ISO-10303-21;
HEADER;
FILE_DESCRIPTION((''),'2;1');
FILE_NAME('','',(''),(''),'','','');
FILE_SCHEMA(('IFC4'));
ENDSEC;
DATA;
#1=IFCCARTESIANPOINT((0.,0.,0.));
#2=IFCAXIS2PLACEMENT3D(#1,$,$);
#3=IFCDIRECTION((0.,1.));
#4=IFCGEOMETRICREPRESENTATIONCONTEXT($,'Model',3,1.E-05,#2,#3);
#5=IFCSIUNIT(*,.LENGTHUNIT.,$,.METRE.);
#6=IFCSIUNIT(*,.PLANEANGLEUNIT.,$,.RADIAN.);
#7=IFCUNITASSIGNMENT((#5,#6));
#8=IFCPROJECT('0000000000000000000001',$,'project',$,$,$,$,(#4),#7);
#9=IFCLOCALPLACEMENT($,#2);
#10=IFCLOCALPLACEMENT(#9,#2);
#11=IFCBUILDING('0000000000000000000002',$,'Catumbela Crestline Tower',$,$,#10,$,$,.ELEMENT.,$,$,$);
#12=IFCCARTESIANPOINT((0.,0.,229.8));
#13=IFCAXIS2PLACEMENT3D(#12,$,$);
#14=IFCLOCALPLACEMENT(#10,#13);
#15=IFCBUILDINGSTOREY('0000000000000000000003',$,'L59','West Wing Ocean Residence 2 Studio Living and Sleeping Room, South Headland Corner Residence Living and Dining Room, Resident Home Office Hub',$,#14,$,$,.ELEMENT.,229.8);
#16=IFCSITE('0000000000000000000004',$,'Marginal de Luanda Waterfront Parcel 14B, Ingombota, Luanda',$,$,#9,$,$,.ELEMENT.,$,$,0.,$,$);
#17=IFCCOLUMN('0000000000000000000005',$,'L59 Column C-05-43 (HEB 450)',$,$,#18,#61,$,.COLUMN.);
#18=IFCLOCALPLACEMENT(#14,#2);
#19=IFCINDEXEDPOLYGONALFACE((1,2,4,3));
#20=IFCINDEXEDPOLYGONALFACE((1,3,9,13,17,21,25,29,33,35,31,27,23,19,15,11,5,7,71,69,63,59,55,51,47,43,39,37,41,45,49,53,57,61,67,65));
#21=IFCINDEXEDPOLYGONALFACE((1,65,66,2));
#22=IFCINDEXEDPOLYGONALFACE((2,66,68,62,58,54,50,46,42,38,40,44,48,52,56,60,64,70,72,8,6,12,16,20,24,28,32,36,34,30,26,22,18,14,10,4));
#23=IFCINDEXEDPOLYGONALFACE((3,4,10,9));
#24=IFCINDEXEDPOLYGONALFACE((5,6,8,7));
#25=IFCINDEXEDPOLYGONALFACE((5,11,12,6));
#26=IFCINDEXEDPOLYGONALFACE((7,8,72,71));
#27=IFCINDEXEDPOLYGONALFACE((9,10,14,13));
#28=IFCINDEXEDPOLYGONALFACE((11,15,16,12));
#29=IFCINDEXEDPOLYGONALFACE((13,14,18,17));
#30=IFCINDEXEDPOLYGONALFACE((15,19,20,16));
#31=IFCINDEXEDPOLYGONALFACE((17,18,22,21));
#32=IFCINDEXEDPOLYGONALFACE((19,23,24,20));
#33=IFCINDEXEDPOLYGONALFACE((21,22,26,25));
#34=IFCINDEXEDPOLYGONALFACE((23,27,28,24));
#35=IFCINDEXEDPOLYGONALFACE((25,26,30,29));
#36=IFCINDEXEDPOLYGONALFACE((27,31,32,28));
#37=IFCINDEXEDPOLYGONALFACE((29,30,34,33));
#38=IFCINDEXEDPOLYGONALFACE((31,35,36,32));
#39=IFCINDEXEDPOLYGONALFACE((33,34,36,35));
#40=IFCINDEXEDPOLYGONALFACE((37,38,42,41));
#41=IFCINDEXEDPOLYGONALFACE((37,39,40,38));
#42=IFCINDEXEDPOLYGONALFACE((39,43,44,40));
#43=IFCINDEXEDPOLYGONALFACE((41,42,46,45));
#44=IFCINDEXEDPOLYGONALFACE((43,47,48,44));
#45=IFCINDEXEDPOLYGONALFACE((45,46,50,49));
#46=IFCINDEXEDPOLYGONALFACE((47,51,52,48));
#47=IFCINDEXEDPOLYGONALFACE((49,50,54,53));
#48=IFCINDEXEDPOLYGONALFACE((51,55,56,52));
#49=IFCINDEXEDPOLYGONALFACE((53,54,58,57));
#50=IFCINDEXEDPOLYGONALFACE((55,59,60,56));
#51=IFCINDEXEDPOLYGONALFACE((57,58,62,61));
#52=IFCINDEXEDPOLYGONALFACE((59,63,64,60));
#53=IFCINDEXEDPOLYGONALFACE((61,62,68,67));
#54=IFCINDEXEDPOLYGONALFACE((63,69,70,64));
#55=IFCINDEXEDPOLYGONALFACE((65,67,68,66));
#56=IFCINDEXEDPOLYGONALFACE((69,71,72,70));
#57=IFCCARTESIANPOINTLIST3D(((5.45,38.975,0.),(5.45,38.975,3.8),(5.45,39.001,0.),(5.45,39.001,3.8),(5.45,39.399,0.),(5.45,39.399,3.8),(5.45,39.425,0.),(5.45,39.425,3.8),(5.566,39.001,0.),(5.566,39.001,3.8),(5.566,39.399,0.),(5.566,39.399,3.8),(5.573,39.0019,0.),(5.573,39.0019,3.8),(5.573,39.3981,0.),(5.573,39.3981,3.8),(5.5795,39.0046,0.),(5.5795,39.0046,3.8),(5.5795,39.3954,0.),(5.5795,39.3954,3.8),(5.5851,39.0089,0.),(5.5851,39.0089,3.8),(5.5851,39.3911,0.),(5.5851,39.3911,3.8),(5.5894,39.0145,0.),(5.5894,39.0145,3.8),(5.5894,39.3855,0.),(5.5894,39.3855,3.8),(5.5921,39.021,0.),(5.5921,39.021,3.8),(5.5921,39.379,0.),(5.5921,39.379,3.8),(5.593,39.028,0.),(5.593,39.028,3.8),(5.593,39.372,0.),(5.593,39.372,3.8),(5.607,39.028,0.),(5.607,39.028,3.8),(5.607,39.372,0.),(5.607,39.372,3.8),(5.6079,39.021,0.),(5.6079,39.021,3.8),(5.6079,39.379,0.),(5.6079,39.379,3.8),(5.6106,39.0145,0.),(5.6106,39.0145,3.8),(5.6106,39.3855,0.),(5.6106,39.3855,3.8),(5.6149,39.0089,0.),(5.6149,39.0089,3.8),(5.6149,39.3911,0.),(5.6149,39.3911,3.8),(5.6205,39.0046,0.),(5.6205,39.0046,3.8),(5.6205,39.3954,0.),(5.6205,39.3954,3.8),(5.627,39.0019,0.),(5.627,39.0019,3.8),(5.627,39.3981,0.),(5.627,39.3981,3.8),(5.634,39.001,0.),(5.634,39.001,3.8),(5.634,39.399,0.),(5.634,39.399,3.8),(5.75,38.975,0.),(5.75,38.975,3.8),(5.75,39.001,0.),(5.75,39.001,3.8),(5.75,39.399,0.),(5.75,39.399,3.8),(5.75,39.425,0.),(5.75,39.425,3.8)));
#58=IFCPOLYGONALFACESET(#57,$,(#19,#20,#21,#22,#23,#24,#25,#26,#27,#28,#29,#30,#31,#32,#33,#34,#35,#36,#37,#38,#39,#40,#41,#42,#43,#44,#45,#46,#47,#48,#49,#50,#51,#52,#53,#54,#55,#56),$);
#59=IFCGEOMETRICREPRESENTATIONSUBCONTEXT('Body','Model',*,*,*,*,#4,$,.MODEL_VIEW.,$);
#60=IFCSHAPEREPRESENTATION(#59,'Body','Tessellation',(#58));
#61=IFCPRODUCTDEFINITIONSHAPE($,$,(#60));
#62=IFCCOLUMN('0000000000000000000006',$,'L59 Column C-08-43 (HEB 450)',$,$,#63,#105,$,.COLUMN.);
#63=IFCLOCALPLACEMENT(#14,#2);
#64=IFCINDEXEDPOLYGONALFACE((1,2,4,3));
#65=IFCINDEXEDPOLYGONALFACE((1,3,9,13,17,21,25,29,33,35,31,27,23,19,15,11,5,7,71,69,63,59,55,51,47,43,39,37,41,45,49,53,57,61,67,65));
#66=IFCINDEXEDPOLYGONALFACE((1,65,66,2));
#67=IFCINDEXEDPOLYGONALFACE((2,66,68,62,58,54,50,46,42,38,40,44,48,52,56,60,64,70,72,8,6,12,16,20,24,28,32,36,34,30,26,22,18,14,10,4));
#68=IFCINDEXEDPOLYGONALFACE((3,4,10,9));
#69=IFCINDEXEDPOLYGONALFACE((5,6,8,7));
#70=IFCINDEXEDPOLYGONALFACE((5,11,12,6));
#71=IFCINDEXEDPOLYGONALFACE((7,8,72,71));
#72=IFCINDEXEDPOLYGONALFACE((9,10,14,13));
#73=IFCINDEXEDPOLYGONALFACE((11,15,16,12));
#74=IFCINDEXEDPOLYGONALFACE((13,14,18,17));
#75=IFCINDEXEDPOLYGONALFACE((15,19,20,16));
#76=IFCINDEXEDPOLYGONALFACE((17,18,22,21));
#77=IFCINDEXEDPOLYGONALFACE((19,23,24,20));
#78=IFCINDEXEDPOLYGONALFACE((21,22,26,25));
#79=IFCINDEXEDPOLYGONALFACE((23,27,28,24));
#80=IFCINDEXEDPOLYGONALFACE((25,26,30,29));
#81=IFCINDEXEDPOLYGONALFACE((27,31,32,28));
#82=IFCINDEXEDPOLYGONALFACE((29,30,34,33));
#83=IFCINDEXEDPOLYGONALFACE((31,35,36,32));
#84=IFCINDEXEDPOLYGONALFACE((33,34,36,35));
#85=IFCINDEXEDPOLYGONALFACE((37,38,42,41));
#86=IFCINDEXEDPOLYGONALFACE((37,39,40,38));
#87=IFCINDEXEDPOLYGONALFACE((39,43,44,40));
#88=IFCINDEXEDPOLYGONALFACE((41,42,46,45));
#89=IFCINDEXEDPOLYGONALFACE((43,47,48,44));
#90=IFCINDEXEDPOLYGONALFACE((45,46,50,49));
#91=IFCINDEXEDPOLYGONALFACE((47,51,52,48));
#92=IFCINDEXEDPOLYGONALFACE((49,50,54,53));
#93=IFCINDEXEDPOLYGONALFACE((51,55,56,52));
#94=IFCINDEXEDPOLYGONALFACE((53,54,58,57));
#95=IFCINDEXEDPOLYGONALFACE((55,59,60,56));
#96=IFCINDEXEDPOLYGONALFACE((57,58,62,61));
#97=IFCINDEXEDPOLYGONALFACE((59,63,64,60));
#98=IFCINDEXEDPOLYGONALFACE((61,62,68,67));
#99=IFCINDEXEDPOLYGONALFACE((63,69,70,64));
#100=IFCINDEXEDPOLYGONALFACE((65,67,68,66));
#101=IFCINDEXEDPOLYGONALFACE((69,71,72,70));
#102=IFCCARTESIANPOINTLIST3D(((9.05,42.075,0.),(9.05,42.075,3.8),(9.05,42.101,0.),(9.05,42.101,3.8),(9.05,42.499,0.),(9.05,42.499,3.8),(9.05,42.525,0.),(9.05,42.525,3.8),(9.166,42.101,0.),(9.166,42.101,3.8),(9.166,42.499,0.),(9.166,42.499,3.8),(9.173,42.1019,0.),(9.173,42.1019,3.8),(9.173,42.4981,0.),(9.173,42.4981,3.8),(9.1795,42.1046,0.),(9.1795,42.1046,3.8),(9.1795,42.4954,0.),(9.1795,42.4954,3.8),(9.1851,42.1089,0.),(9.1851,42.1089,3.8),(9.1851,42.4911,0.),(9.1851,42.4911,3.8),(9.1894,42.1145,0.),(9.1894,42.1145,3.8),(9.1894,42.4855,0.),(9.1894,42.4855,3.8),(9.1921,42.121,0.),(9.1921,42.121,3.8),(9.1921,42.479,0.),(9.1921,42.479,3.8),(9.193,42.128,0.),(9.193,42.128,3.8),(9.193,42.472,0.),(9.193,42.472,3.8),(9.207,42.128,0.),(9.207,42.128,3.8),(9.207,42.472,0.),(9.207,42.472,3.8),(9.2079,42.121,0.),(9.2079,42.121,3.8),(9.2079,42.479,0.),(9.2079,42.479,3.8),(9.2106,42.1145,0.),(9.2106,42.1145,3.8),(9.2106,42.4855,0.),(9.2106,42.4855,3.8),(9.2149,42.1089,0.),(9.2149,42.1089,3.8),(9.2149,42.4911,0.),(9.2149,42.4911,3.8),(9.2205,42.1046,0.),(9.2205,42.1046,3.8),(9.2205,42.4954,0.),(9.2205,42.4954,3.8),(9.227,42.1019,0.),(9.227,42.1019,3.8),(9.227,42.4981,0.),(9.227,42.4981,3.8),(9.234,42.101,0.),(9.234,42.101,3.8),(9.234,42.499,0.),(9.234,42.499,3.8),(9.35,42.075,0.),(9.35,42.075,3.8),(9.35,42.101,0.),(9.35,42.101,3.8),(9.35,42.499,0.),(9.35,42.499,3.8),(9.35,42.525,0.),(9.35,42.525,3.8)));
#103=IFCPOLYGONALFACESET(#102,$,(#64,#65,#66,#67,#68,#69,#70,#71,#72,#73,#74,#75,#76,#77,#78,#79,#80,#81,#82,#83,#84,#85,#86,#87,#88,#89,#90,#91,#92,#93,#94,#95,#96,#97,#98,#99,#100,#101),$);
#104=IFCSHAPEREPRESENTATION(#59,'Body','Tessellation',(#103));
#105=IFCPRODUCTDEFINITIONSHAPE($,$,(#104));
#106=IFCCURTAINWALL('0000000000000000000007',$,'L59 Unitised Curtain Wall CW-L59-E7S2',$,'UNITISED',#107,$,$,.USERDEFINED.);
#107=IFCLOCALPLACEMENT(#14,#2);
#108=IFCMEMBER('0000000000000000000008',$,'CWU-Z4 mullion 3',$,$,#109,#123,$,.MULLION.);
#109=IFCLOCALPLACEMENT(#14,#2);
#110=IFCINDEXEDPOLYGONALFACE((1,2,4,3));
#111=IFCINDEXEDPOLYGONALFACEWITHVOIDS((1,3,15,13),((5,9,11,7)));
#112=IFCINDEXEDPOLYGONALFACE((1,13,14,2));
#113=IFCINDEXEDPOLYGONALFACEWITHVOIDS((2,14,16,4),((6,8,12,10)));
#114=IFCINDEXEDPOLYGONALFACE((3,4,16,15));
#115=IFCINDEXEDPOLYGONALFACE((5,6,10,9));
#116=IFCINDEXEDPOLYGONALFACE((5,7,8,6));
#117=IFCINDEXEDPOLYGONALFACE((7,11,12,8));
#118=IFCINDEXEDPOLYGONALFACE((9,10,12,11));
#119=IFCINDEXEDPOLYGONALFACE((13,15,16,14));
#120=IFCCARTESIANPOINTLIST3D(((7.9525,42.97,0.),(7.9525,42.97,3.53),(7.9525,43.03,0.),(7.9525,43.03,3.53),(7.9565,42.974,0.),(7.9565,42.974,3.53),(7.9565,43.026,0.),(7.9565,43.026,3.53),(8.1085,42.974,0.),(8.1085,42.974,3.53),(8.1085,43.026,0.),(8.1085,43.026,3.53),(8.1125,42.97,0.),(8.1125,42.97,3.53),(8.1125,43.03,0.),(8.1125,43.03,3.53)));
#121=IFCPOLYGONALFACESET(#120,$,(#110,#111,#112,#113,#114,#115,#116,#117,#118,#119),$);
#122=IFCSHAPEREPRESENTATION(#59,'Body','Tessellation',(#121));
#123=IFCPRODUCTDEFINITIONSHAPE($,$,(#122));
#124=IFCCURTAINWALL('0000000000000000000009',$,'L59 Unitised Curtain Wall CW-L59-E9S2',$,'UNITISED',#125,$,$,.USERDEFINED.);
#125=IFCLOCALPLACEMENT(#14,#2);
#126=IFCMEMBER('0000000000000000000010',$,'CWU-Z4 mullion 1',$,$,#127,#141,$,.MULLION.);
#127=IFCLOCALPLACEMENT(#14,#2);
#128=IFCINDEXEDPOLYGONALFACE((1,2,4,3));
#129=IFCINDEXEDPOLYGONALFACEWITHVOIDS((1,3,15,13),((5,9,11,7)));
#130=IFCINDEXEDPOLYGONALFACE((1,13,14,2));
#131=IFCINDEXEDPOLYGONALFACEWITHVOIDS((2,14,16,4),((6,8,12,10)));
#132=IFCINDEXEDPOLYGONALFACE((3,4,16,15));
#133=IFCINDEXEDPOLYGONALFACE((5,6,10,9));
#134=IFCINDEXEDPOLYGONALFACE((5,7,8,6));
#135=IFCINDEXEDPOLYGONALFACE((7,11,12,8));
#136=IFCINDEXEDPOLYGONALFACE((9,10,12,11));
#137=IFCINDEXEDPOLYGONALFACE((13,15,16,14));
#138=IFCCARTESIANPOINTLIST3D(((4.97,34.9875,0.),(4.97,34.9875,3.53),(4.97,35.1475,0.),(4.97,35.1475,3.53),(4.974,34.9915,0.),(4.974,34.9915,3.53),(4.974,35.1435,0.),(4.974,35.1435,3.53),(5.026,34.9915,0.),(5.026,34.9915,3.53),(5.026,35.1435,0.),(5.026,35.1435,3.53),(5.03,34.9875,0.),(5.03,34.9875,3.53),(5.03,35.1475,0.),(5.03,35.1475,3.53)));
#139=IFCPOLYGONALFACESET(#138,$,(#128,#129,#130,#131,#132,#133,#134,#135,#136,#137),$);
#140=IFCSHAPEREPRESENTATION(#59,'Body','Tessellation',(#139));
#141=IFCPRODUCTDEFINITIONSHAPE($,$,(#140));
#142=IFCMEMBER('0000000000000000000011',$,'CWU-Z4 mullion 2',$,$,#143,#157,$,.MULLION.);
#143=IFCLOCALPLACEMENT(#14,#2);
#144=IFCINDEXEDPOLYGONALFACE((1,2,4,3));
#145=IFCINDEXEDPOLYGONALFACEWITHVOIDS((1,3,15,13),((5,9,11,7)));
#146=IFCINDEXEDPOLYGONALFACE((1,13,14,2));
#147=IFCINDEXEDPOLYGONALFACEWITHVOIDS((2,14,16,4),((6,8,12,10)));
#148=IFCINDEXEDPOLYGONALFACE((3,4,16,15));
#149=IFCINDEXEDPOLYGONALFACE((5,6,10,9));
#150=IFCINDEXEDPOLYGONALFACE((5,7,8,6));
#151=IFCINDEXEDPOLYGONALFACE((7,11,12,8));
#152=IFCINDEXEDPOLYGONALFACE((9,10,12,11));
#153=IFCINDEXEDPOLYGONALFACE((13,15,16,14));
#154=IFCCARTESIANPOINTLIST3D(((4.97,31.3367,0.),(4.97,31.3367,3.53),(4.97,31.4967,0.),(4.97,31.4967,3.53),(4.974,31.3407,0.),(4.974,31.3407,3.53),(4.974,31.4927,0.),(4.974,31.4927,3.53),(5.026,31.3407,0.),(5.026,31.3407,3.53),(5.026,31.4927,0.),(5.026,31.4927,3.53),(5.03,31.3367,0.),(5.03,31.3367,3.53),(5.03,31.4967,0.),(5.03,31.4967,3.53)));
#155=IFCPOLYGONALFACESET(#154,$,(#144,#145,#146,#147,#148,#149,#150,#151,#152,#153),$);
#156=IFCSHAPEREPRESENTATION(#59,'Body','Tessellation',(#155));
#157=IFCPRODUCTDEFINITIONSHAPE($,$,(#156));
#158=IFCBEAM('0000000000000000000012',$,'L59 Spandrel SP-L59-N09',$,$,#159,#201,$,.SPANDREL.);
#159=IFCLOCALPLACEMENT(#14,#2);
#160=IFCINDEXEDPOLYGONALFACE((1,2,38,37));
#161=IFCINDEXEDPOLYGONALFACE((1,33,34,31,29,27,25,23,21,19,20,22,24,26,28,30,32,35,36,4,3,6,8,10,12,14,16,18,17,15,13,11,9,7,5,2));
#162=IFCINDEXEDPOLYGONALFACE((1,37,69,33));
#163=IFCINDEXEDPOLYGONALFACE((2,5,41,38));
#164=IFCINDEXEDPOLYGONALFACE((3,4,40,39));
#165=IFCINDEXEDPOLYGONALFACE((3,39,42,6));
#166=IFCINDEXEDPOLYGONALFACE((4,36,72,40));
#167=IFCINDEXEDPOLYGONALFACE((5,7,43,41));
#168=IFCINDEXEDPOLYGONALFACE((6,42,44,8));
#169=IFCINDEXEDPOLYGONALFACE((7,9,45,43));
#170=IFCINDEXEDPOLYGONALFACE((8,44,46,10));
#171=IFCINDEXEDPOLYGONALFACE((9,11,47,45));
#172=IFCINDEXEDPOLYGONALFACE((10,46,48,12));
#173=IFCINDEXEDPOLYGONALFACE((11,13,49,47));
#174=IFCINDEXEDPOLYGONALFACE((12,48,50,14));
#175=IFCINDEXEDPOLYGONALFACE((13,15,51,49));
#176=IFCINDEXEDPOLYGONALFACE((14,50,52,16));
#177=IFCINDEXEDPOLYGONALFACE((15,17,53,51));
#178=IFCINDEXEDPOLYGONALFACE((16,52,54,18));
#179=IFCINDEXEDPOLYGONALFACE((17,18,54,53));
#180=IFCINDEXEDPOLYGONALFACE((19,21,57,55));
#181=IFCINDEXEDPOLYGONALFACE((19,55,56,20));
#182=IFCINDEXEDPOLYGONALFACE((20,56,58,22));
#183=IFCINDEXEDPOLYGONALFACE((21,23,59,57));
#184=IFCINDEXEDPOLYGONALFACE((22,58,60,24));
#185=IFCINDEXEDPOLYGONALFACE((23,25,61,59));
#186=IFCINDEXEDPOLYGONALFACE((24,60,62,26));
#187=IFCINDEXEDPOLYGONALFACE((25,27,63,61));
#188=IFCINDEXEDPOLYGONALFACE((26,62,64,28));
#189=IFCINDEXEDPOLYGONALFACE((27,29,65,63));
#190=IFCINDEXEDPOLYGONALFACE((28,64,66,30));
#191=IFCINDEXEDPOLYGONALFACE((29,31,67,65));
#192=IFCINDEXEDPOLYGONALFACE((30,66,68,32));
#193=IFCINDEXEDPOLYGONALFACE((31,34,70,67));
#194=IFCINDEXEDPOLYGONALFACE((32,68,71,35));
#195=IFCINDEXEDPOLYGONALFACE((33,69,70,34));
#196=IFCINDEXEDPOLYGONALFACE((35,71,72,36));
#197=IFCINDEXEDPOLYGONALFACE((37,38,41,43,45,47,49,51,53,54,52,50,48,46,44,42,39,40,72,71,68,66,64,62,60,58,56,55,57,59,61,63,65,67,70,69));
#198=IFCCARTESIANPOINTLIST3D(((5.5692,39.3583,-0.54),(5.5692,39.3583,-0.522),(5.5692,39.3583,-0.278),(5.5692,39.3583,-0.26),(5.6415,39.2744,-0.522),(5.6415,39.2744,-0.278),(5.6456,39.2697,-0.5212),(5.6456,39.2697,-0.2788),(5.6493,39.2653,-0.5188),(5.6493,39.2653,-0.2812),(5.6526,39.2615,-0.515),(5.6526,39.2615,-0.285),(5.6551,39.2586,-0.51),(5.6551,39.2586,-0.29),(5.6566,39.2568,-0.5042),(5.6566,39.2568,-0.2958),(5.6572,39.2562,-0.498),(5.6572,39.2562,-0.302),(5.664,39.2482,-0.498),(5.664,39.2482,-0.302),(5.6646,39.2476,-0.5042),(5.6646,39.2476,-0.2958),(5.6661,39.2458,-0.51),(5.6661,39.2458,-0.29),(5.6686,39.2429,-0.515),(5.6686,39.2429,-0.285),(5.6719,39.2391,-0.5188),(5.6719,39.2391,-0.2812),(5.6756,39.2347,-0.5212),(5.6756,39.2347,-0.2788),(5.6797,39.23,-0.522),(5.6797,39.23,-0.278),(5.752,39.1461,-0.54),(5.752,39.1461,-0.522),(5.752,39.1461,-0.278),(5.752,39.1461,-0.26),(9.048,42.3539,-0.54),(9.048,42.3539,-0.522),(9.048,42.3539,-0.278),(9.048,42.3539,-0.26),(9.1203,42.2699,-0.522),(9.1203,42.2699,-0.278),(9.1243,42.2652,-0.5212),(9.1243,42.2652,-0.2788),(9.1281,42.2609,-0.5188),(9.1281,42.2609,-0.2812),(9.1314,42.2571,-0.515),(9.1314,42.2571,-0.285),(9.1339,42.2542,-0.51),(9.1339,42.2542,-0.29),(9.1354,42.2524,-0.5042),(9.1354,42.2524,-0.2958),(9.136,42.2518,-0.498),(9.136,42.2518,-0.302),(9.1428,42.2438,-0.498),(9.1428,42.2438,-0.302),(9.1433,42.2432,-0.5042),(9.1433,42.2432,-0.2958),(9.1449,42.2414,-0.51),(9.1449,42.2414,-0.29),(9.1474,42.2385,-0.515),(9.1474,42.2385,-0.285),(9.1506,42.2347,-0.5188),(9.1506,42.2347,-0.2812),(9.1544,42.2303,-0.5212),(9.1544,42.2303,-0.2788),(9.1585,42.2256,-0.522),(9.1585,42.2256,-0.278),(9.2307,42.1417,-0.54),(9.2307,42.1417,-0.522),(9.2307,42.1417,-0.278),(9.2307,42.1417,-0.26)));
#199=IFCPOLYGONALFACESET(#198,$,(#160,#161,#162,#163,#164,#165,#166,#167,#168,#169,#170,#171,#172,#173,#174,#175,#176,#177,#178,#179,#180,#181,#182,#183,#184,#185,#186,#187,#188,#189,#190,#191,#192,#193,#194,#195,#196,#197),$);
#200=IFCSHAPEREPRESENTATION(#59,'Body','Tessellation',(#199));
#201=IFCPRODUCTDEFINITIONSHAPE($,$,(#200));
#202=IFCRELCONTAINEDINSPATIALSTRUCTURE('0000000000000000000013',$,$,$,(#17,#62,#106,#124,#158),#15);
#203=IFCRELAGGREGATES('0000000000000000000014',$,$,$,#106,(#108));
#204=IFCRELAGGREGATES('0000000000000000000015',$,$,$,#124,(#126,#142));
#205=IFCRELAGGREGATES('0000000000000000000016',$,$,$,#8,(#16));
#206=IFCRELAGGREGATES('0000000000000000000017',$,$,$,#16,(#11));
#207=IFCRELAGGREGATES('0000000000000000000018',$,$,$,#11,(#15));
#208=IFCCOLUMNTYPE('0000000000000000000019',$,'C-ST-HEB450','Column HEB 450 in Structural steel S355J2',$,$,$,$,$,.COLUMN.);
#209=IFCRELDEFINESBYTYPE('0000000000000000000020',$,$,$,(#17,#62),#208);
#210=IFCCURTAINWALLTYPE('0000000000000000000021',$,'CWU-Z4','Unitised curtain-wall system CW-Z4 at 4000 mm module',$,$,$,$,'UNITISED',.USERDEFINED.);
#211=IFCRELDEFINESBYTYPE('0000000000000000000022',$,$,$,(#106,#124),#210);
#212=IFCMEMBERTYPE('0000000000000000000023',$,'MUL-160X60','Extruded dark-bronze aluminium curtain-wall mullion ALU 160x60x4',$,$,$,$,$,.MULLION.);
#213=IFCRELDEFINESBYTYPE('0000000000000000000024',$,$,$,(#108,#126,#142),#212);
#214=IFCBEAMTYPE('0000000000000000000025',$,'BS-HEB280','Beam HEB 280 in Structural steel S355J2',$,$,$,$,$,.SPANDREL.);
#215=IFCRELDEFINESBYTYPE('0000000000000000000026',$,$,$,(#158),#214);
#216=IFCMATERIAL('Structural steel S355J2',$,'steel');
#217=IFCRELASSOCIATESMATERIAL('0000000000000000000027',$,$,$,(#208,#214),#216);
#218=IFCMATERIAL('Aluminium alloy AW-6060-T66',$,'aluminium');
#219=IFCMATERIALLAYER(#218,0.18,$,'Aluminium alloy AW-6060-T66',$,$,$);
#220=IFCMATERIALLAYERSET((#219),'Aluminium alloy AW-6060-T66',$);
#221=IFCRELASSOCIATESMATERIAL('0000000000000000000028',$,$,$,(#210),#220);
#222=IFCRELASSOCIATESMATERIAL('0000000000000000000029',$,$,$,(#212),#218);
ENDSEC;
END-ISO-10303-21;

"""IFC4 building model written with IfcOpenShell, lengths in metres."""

from ifc_helpers import new_model, si_unit, direction, frame, origin, origin_2d, place, context, subcontext, project, spatial, hollow_rectangle, i_section, extrude, material, layer, layer_set, material_profile, profile_set, type_object, element, aggregate, save


model = new_model("IFC4")

# Units and contexts
model_context = context("Model", 3, precision=1e-05, world=origin(), true_north=direction((0.0, 1.0)))
body_context = subcontext(model_context, "Body", "Model", "MODEL_VIEW")
ifc_project = project(units=[si_unit("LENGTHUNIT", "METRE"), si_unit("PLANEANGLEUNIT", "RADIAN")], contexts=[model_context])

# Site, building, storey
site_placement = place(None, origin())
site = spatial("IfcSite", under=ifc_project, at=site_placement, Name="Marginal de Luanda Waterfront Parcel 14B, Ingombota, Luanda", CompositionType="ELEMENT", RefElevation=0.0)
building_placement = place(site_placement, origin())
building = spatial("IfcBuilding", under=site, at=building_placement, Name="Catumbela Crestline Tower", CompositionType="ELEMENT")
storey_placement = place(building_placement, frame((0.0, 0.0, 229.8)))
storey = spatial("IfcBuildingStorey", under=building, at=storey_placement, Name="L59", Description="West Wing Ocean Residence 2 Studio Living and Sleeping Room, South Headland Corner Residence Living and Dining Room, Resident Home Office Hub", CompositionType="ELEMENT", Elevation=229.8)

# Columns
ifc_material_1 = material(Name="Structural steel S355J2", Category="steel")
ifc_material_profile_1 = material_profile(ifc_material_1, i_section(OverallWidth=0.3, OverallDepth=0.45, WebThickness=0.014, FlangeThickness=0.026, FilletRadius=0.027, at=origin_2d()), Name="HEB 450")
ifc_profile_set_1 = profile_set([ifc_material_profile_1], Name="Structural steel S355J2")
column_type = type_object("IfcColumnType", Name="C-ST-HEB450", Description="Column HEB 450 in Structural steel S355J2", PredefinedType="COLUMN", material=ifc_profile_set_1)
for number, where, z_axis, x_axis, name in (
    (1, (5.6, 39.2, 0.0), (0.0, 0.0, 1.0), (1.0, 0.0, 0.0), "L59 Column C-05-43 (HEB 450)"),
    (2, (9.2, 42.3, 0.0), (0.0, 0.0, 1.0), (1.0, 0.0, 0.0), "L59 Column C-08-43 (HEB 450)"),
):
    element("IfcColumn", number, at=place(storey_placement, frame(where, z_axis=z_axis, x_axis=x_axis)), inside=storey, type_object=column_type, Name=name, PredefinedType="COLUMN", context=body_context, shape_type="SweptSolid", body=[
        extrude(i_section(OverallWidth=0.3, OverallDepth=0.45, WebThickness=0.014, FlangeThickness=0.026, FilletRadius=0.027, at=origin_2d()), origin(), (0.0, 0.0, 1.0), 3.8),
    ])

# Curtain wall, member
ifc_material_2 = material(Name="Aluminium alloy AW-6060-T66", Category="aluminium")
ifc_layer_1 = layer(ifc_material_2, 0.18, Name="Aluminium alloy AW-6060-T66")
ifc_layer_set_1 = layer_set([ifc_layer_1], Name="Aluminium alloy AW-6060-T66")
curtain_wall_type = type_object("IfcCurtainWallType", Name="CWU-Z4", Description="Unitised curtain-wall system CW-Z4 at 4000 mm module", ElementType="UNITISED", PredefinedType="USERDEFINED", material=ifc_layer_set_1)
curtain_wall_1_placement = place(storey_placement, origin())
curtain_wall_1 = element("IfcCurtainWall", 3, at=curtain_wall_1_placement, inside=storey, type_object=curtain_wall_type, Name="L59 Unitised Curtain Wall CW-L59-E7S2", ObjectType="UNITISED", PredefinedType="USERDEFINED")
ifc_material_profile_2 = material_profile(ifc_material_2, hollow_rectangle(XDim=0.06, YDim=0.16, WallThickness=0.004, at=origin_2d()), Name="ALU 160x60x4")
ifc_profile_set_2 = profile_set([ifc_material_profile_2], Name="Aluminium alloy AW-6060-T66")
member_type_1 = type_object("IfcMemberType", Name="MUL-160X60", Description="Extruded dark-bronze aluminium curtain-wall mullion ALU 160x60x4", PredefinedType="MULLION", material=ifc_profile_set_2)
member_1_placement = place(storey_placement, frame((8.0325, 43.0, 0.0), z_axis=(0.0, 0.0, 1.0), x_axis=(0.0, -1.0, 0.0)))
member_1 = element("IfcMember", 4, at=member_1_placement, type_object=member_type_1, Name="CWU-Z4 mullion 3", PredefinedType="MULLION", context=body_context, shape_type="SweptSolid", body=[
    extrude(hollow_rectangle(XDim=0.06, YDim=0.16, WallThickness=0.004, at=origin_2d()), origin(), (0.0, 0.0, 1.0), 3.53),
])
aggregate(curtain_wall_1, [member_1])

# Curtain wall, members
curtain_wall_2_placement = place(storey_placement, origin())
curtain_wall_2 = element("IfcCurtainWall", 5, at=curtain_wall_2_placement, inside=storey, type_object=curtain_wall_type, Name="L59 Unitised Curtain Wall CW-L59-E9S2", ObjectType="UNITISED", PredefinedType="USERDEFINED")
member_2_placement = place(storey_placement, frame((5.0, 35.0675, 0.0), z_axis=(0.0, 0.0, 1.0), x_axis=(1.0, 0.0, 0.0)))
member_2 = element("IfcMember", 6, at=member_2_placement, type_object=member_type_1, Name="CWU-Z4 mullion 1", PredefinedType="MULLION", context=body_context, shape_type="SweptSolid", body=[
    extrude(hollow_rectangle(XDim=0.06, YDim=0.16, WallThickness=0.004, at=origin_2d()), origin(), (0.0, 0.0, 1.0), 3.53),
])
member_3_placement = place(storey_placement, frame((5.0, 31.4167, 0.0), z_axis=(0.0, 0.0, 1.0), x_axis=(1.0, 0.0, 0.0)))
member_3 = element("IfcMember", 7, at=member_3_placement, type_object=member_type_1, Name="CWU-Z4 mullion 2", PredefinedType="MULLION", context=body_context, shape_type="SweptSolid", body=[
    extrude(hollow_rectangle(XDim=0.06, YDim=0.16, WallThickness=0.004, at=origin_2d()), origin(), (0.0, 0.0, 1.0), 3.53),
])

# Beam
ifc_material_profile_3 = material_profile(ifc_material_1, i_section(OverallWidth=0.28, OverallDepth=0.28, WebThickness=0.0105, FlangeThickness=0.018, FilletRadius=0.024, at=origin_2d()), Name="HEB 280")
ifc_profile_set_3 = profile_set([ifc_material_profile_3], Name="Structural steel S355J2")
beam_type = type_object("IfcBeamType", Name="BS-HEB280", Description="Beam HEB 280 in Structural steel S355J2", PredefinedType="SPANDREL", material=ifc_profile_set_3)
beam_placement = place(storey_placement, frame((5.6606, 39.2522, -0.4), z_axis=(0.757772, 0.652519, 0.0), x_axis=(-0.652519, 0.757772, 0.0)))
element("IfcBeam", 8, at=beam_placement, inside=storey, type_object=beam_type, Name="L59 Spandrel SP-L59-N09", PredefinedType="SPANDREL", context=body_context, shape_type="SweptSolid", body=[
    extrude(i_section(OverallWidth=0.28, OverallDepth=0.28, WebThickness=0.0105, FlangeThickness=0.018, FilletRadius=0.024, at=origin_2d()), origin(), (0.0, 0.0, 1.0), 4.5908),
])

aggregate(curtain_wall_2, [member_2, member_3])

save(model, "model.ifc")
